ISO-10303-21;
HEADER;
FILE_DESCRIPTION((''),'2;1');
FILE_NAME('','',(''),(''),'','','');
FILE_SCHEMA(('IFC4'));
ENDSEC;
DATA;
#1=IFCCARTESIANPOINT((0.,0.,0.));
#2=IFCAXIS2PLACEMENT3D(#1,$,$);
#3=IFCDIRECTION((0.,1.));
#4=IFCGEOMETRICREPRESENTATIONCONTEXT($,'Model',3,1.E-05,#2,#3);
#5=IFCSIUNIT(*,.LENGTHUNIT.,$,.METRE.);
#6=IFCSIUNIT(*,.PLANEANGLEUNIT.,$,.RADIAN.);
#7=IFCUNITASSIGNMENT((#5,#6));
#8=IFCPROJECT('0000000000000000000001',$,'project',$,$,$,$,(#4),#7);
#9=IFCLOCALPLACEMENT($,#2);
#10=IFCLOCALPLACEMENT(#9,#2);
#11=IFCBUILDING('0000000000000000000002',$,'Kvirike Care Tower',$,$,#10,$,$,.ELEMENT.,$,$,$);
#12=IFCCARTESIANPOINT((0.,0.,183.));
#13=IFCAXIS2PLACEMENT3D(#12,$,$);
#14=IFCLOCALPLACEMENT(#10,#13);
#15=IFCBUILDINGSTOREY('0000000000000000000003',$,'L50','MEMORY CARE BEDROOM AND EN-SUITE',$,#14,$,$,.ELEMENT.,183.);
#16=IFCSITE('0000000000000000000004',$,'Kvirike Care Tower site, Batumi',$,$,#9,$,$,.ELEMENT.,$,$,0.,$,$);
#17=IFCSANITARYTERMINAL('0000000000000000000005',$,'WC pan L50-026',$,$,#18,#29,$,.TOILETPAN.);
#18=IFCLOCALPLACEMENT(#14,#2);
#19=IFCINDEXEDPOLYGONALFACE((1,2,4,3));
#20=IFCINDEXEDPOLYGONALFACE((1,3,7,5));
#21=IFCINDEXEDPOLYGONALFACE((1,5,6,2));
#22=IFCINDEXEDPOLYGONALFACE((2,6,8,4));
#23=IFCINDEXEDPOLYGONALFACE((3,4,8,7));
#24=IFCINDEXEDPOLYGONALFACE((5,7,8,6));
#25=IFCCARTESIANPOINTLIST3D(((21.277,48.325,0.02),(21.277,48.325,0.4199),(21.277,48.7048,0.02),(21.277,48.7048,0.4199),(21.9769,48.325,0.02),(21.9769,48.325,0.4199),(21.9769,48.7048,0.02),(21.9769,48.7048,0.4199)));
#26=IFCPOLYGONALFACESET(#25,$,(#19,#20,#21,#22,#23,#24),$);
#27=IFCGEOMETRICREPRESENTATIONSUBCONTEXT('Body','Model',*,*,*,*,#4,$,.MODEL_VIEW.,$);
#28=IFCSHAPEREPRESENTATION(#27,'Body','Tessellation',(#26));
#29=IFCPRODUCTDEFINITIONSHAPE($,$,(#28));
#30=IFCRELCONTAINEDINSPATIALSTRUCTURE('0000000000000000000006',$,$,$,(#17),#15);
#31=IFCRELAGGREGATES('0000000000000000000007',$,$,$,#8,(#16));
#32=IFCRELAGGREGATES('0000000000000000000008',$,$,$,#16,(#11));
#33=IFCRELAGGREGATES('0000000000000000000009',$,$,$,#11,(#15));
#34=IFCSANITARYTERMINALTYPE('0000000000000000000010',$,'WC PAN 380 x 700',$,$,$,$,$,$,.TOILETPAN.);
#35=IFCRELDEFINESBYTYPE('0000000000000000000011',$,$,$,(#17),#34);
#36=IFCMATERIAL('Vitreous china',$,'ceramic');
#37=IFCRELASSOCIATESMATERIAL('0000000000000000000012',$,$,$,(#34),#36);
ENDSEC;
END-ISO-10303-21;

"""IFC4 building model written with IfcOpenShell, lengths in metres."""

from ifc_helpers import new_model, si_unit, direction, frame, origin, origin_2d, place, context, subcontext, project, spatial, rectangle, extrude, material, type_object, element, save


model = new_model("IFC4")

# Units and contexts
model_context = context("Model", 3, precision=1e-05, world=origin(), true_north=direction((0.0, 1.0)))
body_context = subcontext(model_context, "Body", "Model", "MODEL_VIEW")
ifc_project = project(units=[si_unit("LENGTHUNIT", "METRE"), si_unit("PLANEANGLEUNIT", "RADIAN")], contexts=[model_context])

# Site, building, storey
site_placement = place(None, origin())
site = spatial("IfcSite", under=ifc_project, at=site_placement, Name="Kvirike Care Tower site, Batumi", CompositionType="ELEMENT", RefElevation=0.0)
building_placement = place(site_placement, origin())
building = spatial("IfcBuilding", under=site, at=building_placement, Name="Kvirike Care Tower", CompositionType="ELEMENT")
storey_placement = place(building_placement, frame((0.0, 0.0, 183.0)))
storey = spatial("IfcBuildingStorey", under=building, at=storey_placement, Name="L50", Description="MEMORY CARE BEDROOM AND EN-SUITE", CompositionType="ELEMENT", Elevation=183.0)

# Sanitary terminal
ifc_material_1 = material(Name="Vitreous china", Category="ceramic")
sanitary_terminal_type_1 = type_object("IfcSanitaryTerminalType", Name="WC PAN 380 x 700", PredefinedType="TOILETPAN", material=ifc_material_1)
for number, where, z_axis, x_axis, name in (
    (1, (21.627, 48.5149, 0.02), (0.0, 0.0, 1.0), (0.0, 1.0, 0.0), "WC pan L50-026"),
):
    element("IfcSanitaryTerminal", number, at=place(storey_placement, frame(where, z_axis=z_axis, x_axis=x_axis)), inside=storey, type_object=sanitary_terminal_type_1, Name=name, PredefinedType="TOILETPAN", context=body_context, shape_type="SweptSolid", body=[
        extrude(rectangle(XDim=0.3799, YDim=0.7, at=origin_2d()), origin(), (0.0, 0.0, 1.0), 0.3999),
    ])

save(model, "model.ifc")
